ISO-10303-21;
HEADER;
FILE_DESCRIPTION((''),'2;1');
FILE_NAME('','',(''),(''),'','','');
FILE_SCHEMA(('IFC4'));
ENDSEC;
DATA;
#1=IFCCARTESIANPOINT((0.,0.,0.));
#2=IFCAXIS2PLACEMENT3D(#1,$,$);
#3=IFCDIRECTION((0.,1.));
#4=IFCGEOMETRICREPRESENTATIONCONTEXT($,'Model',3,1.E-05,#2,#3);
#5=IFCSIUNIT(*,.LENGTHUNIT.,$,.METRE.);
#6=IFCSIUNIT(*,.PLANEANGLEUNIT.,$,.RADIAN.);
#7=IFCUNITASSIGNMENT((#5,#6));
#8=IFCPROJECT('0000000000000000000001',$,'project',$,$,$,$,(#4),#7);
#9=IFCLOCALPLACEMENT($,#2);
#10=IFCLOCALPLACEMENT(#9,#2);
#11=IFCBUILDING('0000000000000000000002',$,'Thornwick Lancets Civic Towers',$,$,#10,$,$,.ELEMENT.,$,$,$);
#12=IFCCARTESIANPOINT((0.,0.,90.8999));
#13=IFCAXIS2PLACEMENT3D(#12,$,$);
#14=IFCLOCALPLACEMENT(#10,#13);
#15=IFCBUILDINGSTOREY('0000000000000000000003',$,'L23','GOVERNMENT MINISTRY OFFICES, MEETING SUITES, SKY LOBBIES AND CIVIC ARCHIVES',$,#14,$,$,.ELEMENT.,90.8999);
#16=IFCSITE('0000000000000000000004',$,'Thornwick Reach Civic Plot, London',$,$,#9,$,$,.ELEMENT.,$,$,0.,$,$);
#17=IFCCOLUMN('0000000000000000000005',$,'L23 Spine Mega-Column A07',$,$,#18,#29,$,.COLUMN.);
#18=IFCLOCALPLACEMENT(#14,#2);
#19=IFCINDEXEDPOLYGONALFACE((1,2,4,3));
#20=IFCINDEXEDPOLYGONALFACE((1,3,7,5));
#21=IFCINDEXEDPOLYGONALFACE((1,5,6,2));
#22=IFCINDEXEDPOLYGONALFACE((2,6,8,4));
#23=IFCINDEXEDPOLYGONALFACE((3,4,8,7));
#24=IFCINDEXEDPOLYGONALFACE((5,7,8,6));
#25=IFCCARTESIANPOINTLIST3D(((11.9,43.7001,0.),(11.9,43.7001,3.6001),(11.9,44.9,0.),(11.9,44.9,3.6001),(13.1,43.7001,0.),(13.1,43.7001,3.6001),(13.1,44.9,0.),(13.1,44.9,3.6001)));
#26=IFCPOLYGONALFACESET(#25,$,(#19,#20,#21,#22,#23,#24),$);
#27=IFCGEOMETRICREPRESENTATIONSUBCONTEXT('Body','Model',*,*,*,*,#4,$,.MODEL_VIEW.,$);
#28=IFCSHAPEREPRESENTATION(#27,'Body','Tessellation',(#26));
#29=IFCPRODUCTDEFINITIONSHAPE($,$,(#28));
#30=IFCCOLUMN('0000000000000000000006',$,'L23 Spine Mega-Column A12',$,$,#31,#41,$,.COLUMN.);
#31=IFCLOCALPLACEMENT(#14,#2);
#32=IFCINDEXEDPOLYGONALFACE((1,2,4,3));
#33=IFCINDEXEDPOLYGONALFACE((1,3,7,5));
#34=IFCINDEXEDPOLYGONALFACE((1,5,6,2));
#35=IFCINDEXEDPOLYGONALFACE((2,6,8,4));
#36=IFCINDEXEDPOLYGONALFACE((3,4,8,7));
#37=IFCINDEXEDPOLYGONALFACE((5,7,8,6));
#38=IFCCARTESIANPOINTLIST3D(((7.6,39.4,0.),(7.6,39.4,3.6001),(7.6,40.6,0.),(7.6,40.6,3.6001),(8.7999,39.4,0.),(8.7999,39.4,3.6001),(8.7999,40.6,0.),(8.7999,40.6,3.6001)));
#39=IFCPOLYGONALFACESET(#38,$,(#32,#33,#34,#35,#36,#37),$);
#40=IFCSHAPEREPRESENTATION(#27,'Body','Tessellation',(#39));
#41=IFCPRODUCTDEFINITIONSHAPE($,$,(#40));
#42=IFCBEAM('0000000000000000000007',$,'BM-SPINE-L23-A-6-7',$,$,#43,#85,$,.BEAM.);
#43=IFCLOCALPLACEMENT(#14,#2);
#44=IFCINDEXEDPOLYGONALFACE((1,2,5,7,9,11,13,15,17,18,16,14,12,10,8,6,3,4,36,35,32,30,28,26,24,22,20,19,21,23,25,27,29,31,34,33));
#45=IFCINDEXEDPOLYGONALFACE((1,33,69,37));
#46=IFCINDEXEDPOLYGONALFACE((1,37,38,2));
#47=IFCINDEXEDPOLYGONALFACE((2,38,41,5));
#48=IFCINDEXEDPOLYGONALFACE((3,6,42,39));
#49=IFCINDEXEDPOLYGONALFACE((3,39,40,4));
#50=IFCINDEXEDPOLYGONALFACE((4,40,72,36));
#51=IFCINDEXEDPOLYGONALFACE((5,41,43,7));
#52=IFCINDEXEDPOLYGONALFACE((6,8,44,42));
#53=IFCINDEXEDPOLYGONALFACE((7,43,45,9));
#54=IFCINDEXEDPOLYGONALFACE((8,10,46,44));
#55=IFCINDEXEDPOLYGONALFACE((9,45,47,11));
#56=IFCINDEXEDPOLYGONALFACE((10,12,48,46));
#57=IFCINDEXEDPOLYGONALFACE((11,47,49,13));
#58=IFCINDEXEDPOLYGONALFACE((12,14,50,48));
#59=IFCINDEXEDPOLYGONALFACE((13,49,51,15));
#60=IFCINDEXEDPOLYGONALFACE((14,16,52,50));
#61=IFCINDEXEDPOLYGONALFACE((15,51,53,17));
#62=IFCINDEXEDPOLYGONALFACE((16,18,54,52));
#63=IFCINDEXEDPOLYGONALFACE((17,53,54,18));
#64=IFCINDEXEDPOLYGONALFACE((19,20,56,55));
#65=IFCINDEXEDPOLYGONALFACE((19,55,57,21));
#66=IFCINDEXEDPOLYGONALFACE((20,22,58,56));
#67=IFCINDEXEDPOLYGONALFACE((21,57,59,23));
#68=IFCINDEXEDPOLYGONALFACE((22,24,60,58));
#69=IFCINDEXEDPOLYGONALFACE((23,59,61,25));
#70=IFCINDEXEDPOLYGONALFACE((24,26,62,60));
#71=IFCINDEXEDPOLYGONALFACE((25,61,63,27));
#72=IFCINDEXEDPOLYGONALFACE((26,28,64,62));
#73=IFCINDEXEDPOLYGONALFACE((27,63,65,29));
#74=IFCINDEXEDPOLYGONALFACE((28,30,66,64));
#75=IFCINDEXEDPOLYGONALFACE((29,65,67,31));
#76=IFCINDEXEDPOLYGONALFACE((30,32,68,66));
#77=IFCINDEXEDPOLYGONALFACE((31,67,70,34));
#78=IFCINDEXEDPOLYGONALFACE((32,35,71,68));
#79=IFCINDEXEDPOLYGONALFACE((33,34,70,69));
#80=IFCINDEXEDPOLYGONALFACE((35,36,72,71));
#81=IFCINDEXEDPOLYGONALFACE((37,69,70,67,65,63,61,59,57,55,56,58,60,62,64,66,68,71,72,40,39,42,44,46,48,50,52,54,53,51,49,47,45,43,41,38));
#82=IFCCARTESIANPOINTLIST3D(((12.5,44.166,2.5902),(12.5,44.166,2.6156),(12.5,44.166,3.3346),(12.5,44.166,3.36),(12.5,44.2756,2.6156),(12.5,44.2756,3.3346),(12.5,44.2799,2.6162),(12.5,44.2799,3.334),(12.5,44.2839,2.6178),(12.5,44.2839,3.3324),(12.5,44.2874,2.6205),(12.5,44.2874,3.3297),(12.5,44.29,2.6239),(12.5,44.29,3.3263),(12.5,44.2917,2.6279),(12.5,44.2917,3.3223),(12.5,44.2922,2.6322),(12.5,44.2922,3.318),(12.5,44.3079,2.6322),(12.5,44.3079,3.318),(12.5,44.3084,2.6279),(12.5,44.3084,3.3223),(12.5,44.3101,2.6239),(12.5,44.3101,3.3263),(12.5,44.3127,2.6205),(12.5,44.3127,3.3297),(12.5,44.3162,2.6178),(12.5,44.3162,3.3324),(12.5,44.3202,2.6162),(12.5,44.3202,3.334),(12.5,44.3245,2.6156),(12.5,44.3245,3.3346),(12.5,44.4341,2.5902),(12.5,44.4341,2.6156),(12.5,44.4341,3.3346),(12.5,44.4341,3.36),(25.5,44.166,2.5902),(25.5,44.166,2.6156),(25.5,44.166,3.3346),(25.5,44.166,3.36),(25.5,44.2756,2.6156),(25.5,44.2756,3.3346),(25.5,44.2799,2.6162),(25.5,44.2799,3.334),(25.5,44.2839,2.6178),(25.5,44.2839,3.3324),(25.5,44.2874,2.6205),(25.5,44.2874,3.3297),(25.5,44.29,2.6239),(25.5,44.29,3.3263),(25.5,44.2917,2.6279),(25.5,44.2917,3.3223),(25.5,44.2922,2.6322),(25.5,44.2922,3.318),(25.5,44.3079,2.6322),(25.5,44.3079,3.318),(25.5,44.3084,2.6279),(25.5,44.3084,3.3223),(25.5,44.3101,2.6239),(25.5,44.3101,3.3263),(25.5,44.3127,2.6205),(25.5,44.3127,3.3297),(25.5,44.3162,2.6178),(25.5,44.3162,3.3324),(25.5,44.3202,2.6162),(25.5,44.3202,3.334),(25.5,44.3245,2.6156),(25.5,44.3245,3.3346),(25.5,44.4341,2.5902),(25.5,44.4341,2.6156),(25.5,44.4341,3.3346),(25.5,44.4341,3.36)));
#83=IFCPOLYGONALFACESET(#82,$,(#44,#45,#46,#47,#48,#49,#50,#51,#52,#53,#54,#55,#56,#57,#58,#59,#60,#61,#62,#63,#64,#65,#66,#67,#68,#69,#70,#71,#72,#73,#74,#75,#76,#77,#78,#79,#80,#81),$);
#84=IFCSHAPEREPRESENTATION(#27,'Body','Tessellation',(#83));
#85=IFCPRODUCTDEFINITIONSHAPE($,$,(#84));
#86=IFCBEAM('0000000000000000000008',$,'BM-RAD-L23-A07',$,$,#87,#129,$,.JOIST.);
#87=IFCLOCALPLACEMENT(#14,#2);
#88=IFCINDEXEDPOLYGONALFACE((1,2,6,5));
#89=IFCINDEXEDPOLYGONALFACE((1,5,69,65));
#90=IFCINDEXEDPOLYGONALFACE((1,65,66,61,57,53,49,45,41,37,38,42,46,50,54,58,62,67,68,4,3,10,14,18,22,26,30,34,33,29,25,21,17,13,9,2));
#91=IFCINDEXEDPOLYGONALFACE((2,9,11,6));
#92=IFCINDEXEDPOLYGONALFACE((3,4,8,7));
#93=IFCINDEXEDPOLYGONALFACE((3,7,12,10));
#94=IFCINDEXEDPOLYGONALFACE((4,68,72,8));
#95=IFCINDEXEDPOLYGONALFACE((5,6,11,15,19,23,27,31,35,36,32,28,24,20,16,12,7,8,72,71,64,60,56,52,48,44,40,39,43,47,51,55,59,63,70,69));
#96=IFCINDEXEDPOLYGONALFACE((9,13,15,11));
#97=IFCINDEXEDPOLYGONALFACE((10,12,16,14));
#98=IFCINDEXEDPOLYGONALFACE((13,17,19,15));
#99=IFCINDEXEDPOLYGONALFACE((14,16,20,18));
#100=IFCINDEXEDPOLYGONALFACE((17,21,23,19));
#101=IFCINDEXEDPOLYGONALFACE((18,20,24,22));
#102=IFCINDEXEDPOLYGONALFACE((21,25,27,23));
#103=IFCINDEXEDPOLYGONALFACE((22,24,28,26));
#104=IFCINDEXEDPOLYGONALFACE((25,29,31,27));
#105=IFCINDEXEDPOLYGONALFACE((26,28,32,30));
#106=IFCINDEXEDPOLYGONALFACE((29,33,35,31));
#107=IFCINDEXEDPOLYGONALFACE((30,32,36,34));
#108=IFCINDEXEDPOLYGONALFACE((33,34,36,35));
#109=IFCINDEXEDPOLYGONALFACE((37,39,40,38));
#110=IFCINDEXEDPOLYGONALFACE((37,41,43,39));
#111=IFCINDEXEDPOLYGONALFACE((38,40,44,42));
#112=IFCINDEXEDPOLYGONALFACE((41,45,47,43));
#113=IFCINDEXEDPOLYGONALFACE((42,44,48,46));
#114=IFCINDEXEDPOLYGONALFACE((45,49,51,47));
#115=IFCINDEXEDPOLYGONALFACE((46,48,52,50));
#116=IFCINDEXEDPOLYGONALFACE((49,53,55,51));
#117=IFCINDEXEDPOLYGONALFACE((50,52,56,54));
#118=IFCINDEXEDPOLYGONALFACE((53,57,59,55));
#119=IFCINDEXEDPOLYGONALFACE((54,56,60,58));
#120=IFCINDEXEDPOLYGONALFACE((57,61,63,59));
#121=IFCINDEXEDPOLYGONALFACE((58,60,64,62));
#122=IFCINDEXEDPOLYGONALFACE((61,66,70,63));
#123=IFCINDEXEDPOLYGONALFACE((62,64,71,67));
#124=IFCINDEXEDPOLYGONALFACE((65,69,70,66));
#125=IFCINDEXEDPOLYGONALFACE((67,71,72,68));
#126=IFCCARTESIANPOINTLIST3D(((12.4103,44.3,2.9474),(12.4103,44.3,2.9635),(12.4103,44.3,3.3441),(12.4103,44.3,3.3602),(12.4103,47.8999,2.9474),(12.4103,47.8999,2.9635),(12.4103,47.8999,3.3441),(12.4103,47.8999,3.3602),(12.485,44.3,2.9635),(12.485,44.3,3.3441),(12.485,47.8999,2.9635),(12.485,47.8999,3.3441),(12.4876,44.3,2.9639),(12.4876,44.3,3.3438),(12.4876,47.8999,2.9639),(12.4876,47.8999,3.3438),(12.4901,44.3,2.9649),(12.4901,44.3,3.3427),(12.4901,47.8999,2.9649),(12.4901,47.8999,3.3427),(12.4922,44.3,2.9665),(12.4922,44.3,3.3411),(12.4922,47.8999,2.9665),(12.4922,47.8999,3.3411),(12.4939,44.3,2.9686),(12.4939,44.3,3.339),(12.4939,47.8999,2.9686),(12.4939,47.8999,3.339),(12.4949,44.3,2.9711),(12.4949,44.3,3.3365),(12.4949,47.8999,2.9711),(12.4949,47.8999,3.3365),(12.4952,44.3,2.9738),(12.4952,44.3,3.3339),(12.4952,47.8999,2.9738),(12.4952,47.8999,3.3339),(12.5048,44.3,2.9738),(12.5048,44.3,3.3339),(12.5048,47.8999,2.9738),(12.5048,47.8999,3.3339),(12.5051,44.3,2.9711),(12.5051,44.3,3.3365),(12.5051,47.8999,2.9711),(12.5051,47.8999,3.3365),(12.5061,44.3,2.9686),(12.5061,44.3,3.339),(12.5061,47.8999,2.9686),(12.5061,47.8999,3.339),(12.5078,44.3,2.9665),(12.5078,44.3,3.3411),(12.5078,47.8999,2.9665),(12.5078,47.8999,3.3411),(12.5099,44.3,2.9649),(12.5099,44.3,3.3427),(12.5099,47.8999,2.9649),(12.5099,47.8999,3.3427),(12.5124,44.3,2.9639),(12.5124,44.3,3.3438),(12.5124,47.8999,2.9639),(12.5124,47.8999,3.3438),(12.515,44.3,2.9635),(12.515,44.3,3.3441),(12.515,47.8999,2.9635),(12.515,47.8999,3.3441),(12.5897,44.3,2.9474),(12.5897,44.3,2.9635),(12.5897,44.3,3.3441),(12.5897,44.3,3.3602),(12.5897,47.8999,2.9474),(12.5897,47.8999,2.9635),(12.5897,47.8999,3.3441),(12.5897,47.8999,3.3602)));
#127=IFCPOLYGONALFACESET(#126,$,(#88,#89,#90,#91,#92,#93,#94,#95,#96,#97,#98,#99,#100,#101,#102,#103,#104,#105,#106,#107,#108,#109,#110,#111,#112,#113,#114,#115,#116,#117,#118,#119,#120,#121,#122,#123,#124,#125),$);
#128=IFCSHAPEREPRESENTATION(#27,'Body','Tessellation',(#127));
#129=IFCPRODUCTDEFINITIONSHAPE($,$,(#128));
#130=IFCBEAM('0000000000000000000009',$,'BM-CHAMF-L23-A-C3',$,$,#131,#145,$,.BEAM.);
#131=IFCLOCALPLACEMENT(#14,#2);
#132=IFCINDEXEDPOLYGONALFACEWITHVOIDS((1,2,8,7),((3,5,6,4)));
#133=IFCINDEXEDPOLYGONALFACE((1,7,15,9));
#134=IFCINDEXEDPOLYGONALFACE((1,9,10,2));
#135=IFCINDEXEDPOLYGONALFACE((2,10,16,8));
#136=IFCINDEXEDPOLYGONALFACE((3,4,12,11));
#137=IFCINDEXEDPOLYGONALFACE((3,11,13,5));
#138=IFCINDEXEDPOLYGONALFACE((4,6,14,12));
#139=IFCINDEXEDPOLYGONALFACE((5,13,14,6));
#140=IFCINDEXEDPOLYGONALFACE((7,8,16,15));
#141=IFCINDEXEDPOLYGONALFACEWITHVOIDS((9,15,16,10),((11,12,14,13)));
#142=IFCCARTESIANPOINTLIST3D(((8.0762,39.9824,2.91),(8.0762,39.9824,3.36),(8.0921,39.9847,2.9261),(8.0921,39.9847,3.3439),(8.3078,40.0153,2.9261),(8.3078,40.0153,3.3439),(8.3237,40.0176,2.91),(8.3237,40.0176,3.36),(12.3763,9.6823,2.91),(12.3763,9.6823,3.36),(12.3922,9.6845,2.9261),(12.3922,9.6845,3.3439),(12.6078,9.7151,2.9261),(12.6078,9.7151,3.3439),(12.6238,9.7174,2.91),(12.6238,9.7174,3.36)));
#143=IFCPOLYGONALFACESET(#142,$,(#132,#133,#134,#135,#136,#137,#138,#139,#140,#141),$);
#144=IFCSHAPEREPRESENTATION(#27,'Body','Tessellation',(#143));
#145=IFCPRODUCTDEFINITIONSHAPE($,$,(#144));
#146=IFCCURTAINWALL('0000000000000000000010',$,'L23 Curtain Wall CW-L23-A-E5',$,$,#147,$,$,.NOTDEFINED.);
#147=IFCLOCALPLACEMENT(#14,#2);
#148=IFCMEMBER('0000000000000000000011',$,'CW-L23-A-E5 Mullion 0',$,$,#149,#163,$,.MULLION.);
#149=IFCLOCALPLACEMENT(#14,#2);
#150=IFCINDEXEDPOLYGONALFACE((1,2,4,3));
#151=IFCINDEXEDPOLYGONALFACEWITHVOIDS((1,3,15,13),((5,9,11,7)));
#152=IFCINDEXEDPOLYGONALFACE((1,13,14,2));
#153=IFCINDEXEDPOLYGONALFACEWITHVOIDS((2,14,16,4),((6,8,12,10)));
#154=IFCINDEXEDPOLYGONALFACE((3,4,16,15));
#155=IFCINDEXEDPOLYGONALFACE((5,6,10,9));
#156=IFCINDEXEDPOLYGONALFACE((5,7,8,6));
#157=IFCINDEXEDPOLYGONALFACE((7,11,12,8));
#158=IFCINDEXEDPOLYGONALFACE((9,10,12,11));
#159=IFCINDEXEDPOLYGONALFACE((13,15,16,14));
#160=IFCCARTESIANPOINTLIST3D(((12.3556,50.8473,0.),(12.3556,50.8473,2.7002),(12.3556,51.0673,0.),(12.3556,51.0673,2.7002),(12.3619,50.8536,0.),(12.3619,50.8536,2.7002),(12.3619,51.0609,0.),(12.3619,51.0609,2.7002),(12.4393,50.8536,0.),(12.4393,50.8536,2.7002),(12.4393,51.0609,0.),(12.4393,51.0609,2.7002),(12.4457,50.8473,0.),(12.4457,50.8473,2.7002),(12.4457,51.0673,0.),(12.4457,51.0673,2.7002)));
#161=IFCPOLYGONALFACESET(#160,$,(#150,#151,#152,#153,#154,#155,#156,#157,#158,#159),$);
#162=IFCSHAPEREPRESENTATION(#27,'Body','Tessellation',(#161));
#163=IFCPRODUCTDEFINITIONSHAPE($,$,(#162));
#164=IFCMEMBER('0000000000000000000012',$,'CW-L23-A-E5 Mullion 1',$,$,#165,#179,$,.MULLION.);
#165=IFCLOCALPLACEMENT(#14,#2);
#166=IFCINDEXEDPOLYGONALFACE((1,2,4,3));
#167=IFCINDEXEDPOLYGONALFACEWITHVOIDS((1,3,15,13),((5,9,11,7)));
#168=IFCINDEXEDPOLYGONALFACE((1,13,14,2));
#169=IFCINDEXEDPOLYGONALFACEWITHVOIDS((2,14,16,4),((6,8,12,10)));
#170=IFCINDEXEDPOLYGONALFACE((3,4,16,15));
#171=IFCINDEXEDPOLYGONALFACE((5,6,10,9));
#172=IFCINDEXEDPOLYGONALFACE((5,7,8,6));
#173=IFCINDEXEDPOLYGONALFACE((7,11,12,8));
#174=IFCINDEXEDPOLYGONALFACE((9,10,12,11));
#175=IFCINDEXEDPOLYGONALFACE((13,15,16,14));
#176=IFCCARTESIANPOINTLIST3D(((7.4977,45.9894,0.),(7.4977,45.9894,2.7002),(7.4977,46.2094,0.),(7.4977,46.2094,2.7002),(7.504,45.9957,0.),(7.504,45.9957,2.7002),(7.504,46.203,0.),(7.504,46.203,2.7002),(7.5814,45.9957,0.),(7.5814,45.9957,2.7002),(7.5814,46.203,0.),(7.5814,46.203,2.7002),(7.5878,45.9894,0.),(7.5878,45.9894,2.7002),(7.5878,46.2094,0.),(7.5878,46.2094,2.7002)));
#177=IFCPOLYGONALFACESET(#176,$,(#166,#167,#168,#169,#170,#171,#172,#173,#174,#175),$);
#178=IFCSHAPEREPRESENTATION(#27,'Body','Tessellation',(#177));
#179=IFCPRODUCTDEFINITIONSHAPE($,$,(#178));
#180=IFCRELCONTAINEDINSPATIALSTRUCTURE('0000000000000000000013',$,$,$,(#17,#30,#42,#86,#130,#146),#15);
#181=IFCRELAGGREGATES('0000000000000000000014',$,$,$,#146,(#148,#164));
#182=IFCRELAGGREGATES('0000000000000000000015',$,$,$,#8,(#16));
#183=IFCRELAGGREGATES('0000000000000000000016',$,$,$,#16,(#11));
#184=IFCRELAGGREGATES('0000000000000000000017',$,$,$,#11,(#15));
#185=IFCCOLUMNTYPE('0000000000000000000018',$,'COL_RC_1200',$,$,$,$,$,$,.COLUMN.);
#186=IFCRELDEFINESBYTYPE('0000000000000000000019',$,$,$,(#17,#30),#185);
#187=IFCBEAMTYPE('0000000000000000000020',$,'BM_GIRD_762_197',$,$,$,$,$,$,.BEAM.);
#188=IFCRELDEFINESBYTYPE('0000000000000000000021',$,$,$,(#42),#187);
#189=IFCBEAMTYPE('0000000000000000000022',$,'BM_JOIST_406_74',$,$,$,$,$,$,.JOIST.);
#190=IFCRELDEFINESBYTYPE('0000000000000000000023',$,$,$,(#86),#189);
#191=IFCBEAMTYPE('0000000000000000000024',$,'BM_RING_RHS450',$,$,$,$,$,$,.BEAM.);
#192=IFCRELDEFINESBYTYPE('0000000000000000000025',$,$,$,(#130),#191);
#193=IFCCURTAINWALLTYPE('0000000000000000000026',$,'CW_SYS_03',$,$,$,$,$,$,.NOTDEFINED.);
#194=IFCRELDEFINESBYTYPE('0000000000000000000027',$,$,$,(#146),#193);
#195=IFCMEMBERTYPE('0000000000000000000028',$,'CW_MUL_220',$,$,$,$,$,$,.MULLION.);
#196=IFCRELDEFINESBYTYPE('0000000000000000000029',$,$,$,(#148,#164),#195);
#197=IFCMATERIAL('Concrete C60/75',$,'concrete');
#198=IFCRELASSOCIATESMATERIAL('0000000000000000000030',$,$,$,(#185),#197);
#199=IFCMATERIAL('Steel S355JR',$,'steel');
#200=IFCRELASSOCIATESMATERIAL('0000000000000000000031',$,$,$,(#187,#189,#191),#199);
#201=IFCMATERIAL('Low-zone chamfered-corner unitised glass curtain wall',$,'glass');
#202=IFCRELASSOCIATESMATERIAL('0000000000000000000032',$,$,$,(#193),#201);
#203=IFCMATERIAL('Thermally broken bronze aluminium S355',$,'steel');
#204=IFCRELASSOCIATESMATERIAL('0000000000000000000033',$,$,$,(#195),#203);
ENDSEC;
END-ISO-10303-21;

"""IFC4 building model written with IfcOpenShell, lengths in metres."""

from ifc_helpers import new_model, si_unit, direction, frame, origin, origin_2d, place, context, subcontext, project, spatial, rectangle, hollow_rectangle, i_section, extrude, material, material_profile, profile_set, type_object, element, aggregate, save


model = new_model("IFC4")

# Units and contexts
model_context = context("Model", 3, precision=1e-05, world=origin(), true_north=direction((0.0, 1.0)))
body_context = subcontext(model_context, "Body", "Model", "MODEL_VIEW")
ifc_project = project(units=[si_unit("LENGTHUNIT", "METRE"), si_unit("PLANEANGLEUNIT", "RADIAN")], contexts=[model_context])

# Site, building, storey
site_placement = place(None, origin())
site = spatial("IfcSite", under=ifc_project, at=site_placement, Name="Thornwick Reach Civic Plot, London", CompositionType="ELEMENT", RefElevation=0.0)
building_placement = place(site_placement, origin())
building = spatial("IfcBuilding", under=site, at=building_placement, Name="Thornwick Lancets Civic Towers", CompositionType="ELEMENT")
storey_placement = place(building_placement, frame((0.0, 0.0, 90.8999)))
storey = spatial("IfcBuildingStorey", under=building, at=storey_placement, Name="L23", Description="GOVERNMENT MINISTRY OFFICES, MEETING SUITES, SKY LOBBIES AND CIVIC ARCHIVES", CompositionType="ELEMENT", Elevation=90.8999)

# Columns
ifc_material_1 = material(Name="Concrete C60/75", Category="concrete")
ifc_material_profile_1 = material_profile(ifc_material_1, rectangle(XDim=1.2, YDim=1.2, at=origin_2d()), Name="RC 1200x1200")
ifc_profile_set_1 = profile_set([ifc_material_profile_1], Name="Concrete C60/75")
column_type = type_object("IfcColumnType", Name="COL_RC_1200", PredefinedType="COLUMN", material=ifc_profile_set_1)
for number, where, z_axis, x_axis, name in (
    (1, (12.5, 44.3, 0.0), (0.0, 0.0, 1.0), (1.0, 0.0, 0.0), "L23 Spine Mega-Column A07"),
    (2, (8.2, 40.0, 0.0), (0.0, 0.0, 1.0), (1.0, 0.0, 0.0), "L23 Spine Mega-Column A12"),
):
    element("IfcColumn", number, at=place(storey_placement, frame(where, z_axis=z_axis, x_axis=x_axis)), inside=storey, type_object=column_type, Name=name, PredefinedType="COLUMN", context=body_context, shape_type="SweptSolid", body=[
        extrude(rectangle(XDim=1.2, YDim=1.2, at=origin_2d()), origin(), (0.0, 0.0, 1.0), 3.6001),
    ])

# Beams
ifc_material_2 = material(Name="Steel S355JR", Category="steel")
ifc_material_profile_2 = material_profile(ifc_material_2, i_section(OverallWidth=0.2681, OverallDepth=0.7698, WebThickness=0.0156, FlangeThickness=0.0254, FilletRadius=0.0166, at=origin_2d()), Name="UKB 762x267x197")
ifc_profile_set_2 = profile_set([ifc_material_profile_2], Name="Steel S355JR")
beam_type_1 = type_object("IfcBeamType", Name="BM_GIRD_762_197", PredefinedType="BEAM", material=ifc_profile_set_2)
beam_1_placement = place(storey_placement, frame((12.5, 44.3, 2.9751), z_axis=(1.0, 0.0, 0.0), x_axis=(0.0, 1.0, 0.0)))
element("IfcBeam", 3, at=beam_1_placement, inside=storey, type_object=beam_type_1, Name="BM-SPINE-L23-A-6-7", PredefinedType="BEAM", context=body_context, shape_type="SweptSolid", body=[
    extrude(i_section(OverallWidth=0.2681, OverallDepth=0.7698, WebThickness=0.0156, FlangeThickness=0.0254, FilletRadius=0.0166, at=origin_2d()), origin(), (0.0, 0.0, 1.0), 13.0),
])
ifc_material_profile_3 = material_profile(ifc_material_2, i_section(OverallWidth=0.1794, OverallDepth=0.4128, WebThickness=0.0095, FlangeThickness=0.0161, FilletRadius=0.0103, at=origin_2d()), Name="UKB 406x178x74")
ifc_profile_set_3 = profile_set([ifc_material_profile_3], Name="Steel S355JR")
beam_type_2 = type_object("IfcBeamType", Name="BM_JOIST_406_74", PredefinedType="JOIST", material=ifc_profile_set_3)
beam_2_placement = place(storey_placement, frame((12.5, 44.3, 3.1538), z_axis=(0.0, 1.0, 0.0), x_axis=(-1.0, 0.0, 0.0)))
element("IfcBeam", 4, at=beam_2_placement, inside=storey, type_object=beam_type_2, Name="BM-RAD-L23-A07", PredefinedType="JOIST", context=body_context, shape_type="SweptSolid", body=[
    extrude(i_section(OverallWidth=0.1794, OverallDepth=0.4128, WebThickness=0.0095, FlangeThickness=0.0161, FilletRadius=0.0103, at=origin_2d()), origin(), (0.0, 0.0, 1.0), 3.5999),
])
ifc_material_profile_4 = material_profile(ifc_material_2, hollow_rectangle(XDim=0.25, YDim=0.45, WallThickness=0.0161, at=origin_2d()), Name="RHS 450x250x16")
ifc_profile_set_4 = profile_set([ifc_material_profile_4], Name="Steel S355JR")
beam_type_3 = type_object("IfcBeamType", Name="BM_RING_RHS450", PredefinedType="BEAM", material=ifc_profile_set_4)
beam_3_placement = place(storey_placement, frame((8.2, 40.0, 3.135), z_axis=(0.140508, -0.99008, 0.0), x_axis=(0.99008, 0.140508, 0.0)))
element("IfcBeam", 5, at=beam_3_placement, inside=storey, type_object=beam_type_3, Name="BM-CHAMF-L23-A-C3", PredefinedType="BEAM", context=body_context, shape_type="SweptSolid", body=[
    extrude(hollow_rectangle(XDim=0.25, YDim=0.45, WallThickness=0.0161, at=origin_2d()), origin(), (0.0, 0.0, 1.0), 30.6038),
])

# Curtain wall, members
ifc_material_3 = material(Name="Low-zone chamfered-corner unitised glass curtain wall", Category="glass")
curtain_wall_type = type_object("IfcCurtainWallType", Name="CW_SYS_03", PredefinedType="NOTDEFINED", material=ifc_material_3)
curtain_wall_placement = place(storey_placement, origin())
curtain_wall = element("IfcCurtainWall", 6, at=curtain_wall_placement, inside=storey, type_object=curtain_wall_type, Name="L23 Curtain Wall CW-L23-A-E5", PredefinedType="NOTDEFINED")
ifc_material_4 = material(Name="Thermally broken bronze aluminium S355", Category="steel")
ifc_material_profile_5 = material_profile(ifc_material_4, hollow_rectangle(XDim=0.0901, YDim=0.22, WallThickness=0.0063, at=origin_2d()), Name="RHS 220x90x6.3")
ifc_profile_set_5 = profile_set([ifc_material_profile_5], Name="Thermally broken bronze aluminium S355")
member_type_1 = type_object("IfcMemberType", Name="CW_MUL_220", PredefinedType="MULLION", material=ifc_profile_set_5)
member_1_placement = place(storey_placement, frame((12.4006, 50.9573, 0.0), z_axis=(0.0, 0.0, 1.0), x_axis=(1.0, 0.0, 0.0)))
member_1 = element("IfcMember", 7, at=member_1_placement, type_object=member_type_1, Name="CW-L23-A-E5 Mullion 0", PredefinedType="MULLION", context=body_context, shape_type="SweptSolid", body=[
    extrude(hollow_rectangle(XDim=0.0901, YDim=0.22, WallThickness=0.0063, at=origin_2d()), origin(), (0.0, 0.0, 1.0), 2.7002),
])
member_2_placement = place(storey_placement, frame((7.5427, 46.0994, 0.0), z_axis=(0.0, 0.0, 1.0), x_axis=(1.0, 0.0, 0.0)))
member_2 = element("IfcMember", 8, at=member_2_placement, type_object=member_type_1, Name="CW-L23-A-E5 Mullion 1", PredefinedType="MULLION", context=body_context, shape_type="SweptSolid", body=[
    extrude(hollow_rectangle(XDim=0.0901, YDim=0.22, WallThickness=0.0063, at=origin_2d()), origin(), (0.0, 0.0, 1.0), 2.7002),
])
aggregate(curtain_wall, [member_1, member_2])

save(model, "model.ifc")
